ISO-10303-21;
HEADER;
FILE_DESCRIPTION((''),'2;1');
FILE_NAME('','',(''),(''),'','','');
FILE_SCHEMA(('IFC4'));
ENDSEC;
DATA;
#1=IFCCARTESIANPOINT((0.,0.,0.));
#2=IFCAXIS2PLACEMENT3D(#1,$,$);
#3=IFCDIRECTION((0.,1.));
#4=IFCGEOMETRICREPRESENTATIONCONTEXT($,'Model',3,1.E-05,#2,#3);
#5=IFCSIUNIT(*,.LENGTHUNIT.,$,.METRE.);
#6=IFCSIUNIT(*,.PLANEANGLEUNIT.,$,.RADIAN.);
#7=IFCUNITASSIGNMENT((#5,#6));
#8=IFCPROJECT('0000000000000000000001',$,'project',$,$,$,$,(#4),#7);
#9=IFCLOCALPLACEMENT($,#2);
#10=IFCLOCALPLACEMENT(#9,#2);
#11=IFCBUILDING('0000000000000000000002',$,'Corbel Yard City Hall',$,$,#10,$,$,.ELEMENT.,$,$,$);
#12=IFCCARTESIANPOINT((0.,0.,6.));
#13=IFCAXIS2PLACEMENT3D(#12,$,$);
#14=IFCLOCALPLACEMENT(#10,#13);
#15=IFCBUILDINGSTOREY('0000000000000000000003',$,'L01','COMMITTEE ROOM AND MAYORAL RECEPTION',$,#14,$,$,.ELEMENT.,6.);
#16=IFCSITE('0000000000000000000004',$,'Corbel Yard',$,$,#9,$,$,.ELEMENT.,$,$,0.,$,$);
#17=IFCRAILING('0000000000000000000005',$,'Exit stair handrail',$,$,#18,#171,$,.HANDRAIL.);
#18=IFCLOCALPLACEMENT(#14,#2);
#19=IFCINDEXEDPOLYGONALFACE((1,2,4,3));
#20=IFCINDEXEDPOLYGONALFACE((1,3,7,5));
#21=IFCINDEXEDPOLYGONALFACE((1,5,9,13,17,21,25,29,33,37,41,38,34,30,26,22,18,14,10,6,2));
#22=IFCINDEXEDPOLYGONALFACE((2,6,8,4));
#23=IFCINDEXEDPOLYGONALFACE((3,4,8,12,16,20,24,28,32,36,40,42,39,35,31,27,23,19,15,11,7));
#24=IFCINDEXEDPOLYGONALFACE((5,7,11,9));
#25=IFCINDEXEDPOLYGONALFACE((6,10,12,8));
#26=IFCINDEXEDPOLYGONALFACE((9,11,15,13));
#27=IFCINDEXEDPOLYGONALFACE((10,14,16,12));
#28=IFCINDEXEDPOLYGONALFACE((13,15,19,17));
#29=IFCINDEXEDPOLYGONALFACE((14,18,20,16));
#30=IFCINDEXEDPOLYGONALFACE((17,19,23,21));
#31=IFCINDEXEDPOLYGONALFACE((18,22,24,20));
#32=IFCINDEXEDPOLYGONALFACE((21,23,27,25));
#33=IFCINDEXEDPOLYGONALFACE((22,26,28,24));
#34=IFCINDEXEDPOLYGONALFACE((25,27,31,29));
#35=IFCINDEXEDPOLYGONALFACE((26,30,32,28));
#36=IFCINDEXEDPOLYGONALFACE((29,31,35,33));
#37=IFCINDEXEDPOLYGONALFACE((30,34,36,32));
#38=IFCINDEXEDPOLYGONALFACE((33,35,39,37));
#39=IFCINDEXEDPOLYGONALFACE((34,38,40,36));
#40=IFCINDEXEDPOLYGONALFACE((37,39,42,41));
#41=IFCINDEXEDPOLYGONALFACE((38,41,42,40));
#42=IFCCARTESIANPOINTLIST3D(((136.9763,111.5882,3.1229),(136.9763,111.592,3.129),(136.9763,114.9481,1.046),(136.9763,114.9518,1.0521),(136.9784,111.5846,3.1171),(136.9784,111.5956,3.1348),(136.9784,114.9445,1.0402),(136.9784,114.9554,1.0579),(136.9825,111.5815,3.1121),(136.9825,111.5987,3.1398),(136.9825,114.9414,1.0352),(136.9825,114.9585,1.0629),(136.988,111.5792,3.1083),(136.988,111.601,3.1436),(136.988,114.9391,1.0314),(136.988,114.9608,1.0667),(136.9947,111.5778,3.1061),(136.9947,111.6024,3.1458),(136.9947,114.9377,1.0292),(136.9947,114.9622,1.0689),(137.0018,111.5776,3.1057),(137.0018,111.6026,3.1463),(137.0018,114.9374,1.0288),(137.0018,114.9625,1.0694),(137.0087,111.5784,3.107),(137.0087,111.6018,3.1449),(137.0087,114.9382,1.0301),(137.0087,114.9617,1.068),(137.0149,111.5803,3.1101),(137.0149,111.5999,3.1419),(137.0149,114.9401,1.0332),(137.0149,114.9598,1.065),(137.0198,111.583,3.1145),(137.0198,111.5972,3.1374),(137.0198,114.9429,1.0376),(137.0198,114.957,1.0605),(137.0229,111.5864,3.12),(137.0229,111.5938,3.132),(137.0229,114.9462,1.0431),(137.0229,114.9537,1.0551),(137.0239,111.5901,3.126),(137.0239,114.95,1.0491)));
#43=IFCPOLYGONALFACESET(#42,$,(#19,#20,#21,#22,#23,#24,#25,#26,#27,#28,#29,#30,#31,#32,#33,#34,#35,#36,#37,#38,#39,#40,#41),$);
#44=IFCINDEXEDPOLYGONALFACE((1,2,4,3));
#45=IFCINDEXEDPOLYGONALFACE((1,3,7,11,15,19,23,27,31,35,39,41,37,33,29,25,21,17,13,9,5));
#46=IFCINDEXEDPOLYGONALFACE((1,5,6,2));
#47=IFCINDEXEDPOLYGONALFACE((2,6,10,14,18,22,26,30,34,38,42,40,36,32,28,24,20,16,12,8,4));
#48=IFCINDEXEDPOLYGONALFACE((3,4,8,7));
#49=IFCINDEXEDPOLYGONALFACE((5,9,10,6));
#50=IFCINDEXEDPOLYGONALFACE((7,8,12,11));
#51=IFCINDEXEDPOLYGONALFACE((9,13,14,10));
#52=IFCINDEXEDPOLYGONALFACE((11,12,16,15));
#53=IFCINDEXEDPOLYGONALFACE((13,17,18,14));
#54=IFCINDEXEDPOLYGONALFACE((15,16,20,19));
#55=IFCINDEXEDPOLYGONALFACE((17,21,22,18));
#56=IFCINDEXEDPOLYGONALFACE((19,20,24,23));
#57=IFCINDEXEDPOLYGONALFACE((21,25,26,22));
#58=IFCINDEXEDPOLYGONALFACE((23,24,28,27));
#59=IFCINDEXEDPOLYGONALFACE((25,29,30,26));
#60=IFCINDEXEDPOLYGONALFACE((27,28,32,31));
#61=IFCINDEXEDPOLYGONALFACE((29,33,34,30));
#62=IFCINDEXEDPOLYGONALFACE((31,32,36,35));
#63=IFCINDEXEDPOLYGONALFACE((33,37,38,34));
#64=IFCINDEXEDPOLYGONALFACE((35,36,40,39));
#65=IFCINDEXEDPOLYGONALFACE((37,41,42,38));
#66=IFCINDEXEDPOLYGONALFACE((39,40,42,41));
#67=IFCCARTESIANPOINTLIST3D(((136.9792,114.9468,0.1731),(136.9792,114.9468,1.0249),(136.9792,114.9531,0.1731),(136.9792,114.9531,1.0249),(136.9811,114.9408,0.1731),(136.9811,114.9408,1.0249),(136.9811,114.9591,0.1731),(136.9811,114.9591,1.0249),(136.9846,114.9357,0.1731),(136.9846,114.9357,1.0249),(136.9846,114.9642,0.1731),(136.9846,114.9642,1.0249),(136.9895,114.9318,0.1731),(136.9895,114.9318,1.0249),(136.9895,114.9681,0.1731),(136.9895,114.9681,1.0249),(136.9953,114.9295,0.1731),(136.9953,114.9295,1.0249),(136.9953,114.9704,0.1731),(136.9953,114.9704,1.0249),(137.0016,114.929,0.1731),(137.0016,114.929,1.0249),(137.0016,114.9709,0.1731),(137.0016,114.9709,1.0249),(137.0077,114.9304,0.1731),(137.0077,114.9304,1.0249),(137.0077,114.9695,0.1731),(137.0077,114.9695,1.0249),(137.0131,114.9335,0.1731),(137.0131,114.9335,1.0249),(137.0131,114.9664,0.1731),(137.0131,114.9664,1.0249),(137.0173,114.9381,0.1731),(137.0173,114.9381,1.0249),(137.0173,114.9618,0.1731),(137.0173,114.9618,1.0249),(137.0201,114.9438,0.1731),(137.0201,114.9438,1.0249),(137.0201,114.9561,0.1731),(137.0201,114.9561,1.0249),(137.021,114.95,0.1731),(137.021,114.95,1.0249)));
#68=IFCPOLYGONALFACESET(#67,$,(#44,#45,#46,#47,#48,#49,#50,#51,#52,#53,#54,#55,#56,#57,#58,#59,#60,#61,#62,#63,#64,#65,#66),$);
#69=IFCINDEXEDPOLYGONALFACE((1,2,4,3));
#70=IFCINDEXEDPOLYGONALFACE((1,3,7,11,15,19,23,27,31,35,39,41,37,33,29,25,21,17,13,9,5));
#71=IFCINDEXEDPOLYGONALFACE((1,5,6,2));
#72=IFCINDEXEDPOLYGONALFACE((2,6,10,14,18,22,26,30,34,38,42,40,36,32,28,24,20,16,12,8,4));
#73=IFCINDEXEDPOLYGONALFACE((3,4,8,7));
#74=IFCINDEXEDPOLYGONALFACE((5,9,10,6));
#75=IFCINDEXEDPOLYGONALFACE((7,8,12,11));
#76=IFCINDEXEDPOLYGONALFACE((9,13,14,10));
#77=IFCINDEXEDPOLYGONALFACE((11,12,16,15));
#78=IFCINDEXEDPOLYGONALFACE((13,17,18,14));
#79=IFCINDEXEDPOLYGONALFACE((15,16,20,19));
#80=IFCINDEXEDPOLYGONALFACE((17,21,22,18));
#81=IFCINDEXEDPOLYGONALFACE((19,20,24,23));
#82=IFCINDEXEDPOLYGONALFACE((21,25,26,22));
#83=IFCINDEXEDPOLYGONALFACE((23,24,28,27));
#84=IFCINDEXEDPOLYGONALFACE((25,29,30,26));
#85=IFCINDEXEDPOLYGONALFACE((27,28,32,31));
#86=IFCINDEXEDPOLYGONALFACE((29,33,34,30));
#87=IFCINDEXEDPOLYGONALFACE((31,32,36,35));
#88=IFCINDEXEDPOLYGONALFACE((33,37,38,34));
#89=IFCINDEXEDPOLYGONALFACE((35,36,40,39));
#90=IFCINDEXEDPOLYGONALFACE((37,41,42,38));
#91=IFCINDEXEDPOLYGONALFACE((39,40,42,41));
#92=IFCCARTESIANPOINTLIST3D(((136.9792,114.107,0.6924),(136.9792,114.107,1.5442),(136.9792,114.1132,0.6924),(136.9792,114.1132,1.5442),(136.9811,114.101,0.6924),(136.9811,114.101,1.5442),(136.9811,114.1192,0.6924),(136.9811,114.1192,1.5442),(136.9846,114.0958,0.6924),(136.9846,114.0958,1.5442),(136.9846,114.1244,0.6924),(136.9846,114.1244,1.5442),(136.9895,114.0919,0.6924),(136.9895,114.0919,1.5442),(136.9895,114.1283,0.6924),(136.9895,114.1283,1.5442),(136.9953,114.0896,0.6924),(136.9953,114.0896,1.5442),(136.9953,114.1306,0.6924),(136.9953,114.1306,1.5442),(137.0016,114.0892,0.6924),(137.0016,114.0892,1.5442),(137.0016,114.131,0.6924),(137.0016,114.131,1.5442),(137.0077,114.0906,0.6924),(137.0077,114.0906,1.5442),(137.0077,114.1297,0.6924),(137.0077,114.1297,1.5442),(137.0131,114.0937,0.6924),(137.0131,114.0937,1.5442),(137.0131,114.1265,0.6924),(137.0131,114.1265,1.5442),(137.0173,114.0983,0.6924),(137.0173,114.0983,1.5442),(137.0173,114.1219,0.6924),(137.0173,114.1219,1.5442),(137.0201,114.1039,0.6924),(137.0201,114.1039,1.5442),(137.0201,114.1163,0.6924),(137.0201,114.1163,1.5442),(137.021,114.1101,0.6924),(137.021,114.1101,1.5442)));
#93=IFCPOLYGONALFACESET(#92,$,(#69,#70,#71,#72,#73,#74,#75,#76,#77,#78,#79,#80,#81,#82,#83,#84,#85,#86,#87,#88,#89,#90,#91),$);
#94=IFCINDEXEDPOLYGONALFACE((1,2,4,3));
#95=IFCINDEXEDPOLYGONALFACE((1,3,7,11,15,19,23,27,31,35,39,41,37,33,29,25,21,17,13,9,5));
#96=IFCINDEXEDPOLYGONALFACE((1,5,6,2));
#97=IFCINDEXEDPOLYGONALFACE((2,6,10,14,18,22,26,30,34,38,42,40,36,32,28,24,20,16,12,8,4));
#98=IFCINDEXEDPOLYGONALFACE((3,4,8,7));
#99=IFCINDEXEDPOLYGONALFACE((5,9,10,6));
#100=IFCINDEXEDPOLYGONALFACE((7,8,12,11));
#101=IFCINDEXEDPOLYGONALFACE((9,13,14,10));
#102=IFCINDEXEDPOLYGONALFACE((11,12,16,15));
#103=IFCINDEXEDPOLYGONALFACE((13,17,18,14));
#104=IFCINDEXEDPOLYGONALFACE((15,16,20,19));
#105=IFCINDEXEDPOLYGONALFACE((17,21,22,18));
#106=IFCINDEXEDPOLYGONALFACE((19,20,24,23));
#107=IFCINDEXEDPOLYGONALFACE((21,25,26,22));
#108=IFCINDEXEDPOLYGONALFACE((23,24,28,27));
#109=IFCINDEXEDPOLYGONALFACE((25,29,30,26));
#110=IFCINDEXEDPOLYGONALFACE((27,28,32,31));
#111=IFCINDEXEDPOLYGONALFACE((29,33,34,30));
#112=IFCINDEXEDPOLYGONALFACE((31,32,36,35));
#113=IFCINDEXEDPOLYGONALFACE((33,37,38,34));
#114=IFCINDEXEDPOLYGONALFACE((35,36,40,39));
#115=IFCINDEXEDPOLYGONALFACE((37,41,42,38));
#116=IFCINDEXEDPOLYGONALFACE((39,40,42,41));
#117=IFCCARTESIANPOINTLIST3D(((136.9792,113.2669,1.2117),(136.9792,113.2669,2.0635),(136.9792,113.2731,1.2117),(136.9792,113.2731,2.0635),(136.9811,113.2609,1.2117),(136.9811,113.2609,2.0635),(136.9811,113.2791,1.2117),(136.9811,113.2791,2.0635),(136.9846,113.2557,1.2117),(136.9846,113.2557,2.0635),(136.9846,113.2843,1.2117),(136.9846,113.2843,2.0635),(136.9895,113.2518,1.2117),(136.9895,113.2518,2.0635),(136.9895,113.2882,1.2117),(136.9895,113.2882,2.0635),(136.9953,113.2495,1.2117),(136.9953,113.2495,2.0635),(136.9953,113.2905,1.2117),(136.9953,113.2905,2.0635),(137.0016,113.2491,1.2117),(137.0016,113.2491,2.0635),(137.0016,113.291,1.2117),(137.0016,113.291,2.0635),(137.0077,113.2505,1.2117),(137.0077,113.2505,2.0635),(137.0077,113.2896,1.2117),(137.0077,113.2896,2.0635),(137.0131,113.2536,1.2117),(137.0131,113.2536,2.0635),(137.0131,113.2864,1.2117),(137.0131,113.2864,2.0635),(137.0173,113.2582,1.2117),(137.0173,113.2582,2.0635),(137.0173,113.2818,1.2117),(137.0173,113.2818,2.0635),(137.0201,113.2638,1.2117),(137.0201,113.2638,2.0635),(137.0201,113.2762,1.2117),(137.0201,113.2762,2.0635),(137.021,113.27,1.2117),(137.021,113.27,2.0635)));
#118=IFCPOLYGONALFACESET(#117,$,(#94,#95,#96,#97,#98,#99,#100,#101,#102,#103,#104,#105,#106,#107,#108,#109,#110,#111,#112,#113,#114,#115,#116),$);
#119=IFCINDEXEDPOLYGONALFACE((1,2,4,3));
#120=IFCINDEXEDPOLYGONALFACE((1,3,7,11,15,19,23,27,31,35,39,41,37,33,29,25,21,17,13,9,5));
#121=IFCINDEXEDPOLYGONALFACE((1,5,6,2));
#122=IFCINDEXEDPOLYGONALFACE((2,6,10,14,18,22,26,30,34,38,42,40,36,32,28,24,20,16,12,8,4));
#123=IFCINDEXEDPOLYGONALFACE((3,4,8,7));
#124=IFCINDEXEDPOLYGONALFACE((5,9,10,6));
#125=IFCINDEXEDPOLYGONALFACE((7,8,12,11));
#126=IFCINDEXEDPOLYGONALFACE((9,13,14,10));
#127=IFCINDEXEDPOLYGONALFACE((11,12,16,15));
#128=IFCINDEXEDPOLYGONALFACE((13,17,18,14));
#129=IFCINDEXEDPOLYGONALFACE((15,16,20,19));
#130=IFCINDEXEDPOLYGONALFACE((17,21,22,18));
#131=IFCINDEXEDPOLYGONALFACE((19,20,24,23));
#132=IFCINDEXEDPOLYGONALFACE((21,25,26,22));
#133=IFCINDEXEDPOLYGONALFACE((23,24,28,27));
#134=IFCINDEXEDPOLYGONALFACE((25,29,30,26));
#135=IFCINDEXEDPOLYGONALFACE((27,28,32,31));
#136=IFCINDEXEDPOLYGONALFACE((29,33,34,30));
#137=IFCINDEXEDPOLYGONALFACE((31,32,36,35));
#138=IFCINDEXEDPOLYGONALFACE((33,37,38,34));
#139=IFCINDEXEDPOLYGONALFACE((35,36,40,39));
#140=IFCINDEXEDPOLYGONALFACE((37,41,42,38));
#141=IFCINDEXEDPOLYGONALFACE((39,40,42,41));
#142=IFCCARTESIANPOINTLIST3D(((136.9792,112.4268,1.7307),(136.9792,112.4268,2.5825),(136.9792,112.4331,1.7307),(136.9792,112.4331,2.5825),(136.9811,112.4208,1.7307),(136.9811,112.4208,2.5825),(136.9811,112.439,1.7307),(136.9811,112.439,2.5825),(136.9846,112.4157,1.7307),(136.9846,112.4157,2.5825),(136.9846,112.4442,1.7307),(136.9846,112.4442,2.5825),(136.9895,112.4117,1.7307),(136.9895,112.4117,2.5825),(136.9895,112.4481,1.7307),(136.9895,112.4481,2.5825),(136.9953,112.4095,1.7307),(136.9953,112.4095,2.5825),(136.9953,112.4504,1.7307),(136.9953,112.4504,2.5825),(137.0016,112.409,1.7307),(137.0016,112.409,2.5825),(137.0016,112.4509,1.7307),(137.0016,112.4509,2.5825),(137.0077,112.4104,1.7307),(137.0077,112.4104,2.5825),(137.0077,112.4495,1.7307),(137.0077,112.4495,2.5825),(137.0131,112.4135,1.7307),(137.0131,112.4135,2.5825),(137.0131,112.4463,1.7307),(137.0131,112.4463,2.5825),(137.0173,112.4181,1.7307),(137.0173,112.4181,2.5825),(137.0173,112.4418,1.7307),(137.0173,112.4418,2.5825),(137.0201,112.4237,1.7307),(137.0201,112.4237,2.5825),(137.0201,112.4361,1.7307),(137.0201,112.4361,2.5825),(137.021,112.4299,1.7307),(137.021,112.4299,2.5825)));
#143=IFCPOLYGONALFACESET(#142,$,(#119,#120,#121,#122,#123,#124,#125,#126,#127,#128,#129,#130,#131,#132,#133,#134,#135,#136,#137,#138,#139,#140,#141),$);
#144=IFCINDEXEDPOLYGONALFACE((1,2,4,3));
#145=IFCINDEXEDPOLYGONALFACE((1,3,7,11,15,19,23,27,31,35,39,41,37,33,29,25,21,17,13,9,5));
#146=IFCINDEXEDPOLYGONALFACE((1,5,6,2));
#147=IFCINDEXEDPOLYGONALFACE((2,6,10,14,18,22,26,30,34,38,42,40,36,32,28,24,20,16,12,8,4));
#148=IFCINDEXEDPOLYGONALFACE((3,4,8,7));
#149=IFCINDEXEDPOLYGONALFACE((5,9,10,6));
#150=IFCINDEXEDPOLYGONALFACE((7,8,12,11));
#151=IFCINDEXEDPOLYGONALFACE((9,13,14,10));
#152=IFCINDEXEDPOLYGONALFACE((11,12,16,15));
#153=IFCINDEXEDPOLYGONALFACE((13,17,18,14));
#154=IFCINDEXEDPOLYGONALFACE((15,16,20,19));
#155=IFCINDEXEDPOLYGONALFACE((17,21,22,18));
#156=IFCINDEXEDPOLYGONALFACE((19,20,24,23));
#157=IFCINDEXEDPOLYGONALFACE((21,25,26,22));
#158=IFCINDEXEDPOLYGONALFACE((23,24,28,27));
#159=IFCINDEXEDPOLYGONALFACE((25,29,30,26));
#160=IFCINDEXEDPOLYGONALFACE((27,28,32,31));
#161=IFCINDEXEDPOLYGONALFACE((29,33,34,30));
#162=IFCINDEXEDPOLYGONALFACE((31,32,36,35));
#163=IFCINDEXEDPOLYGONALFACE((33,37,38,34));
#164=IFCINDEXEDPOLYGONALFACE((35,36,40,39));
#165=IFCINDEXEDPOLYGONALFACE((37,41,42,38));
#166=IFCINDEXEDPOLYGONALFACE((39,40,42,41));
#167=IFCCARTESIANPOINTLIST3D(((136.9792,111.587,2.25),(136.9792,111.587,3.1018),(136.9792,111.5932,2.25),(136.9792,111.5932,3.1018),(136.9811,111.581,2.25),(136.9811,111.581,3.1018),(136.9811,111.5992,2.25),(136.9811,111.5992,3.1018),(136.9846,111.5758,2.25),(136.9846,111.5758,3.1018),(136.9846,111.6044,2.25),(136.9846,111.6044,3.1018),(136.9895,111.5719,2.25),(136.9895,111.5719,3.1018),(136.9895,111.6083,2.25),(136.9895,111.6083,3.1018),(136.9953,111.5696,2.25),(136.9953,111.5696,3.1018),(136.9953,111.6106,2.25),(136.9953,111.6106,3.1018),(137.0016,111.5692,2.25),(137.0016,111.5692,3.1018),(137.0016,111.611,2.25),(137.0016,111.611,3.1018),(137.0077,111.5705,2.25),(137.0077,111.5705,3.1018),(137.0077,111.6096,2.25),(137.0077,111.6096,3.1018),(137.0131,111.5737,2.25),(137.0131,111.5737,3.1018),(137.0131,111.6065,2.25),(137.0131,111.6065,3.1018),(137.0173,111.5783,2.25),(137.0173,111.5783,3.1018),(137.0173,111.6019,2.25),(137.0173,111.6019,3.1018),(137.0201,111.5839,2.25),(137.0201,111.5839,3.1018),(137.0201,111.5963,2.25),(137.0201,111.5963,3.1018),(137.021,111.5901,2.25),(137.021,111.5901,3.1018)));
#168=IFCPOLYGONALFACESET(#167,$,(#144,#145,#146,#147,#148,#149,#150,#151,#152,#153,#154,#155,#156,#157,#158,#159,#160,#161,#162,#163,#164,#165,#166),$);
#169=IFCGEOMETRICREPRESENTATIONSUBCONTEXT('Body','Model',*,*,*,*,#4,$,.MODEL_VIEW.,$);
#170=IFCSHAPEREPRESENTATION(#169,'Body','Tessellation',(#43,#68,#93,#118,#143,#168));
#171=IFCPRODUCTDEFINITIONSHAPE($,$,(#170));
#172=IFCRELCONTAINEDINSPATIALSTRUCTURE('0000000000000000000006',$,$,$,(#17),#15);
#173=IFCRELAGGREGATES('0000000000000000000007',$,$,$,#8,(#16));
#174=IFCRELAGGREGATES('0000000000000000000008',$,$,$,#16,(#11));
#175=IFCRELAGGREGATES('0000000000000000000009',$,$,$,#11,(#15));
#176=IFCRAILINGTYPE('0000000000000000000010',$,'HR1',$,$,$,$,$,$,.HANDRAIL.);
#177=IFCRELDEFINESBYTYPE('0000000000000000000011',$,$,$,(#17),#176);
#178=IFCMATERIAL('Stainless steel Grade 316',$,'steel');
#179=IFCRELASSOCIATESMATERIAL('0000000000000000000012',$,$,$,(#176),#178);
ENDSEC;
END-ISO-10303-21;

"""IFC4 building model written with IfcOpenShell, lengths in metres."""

from ifc_helpers import new_model, si_unit, direction, frame, origin, origin_2d, place, context, subcontext, project, spatial, circle, extrude, material, type_object, element, save


model = new_model("IFC4")

# Units and contexts
model_context = context("Model", 3, precision=1e-05, world=origin(), true_north=direction((0.0, 1.0)))
body_context = subcontext(model_context, "Body", "Model", "MODEL_VIEW")
ifc_project = project(units=[si_unit("LENGTHUNIT", "METRE"), si_unit("PLANEANGLEUNIT", "RADIAN")], contexts=[model_context])

# Site, building, storey
site_placement = place(None, origin())
site = spatial("IfcSite", under=ifc_project, at=site_placement, Name="Corbel Yard", CompositionType="ELEMENT", RefElevation=0.0)
building_placement = place(site_placement, origin())
building = spatial("IfcBuilding", under=site, at=building_placement, Name="Corbel Yard City Hall", CompositionType="ELEMENT")
storey_placement = place(building_placement, frame((0.0, 0.0, 6.0)))
storey = spatial("IfcBuildingStorey", under=building, at=storey_placement, Name="L01", Description="COMMITTEE ROOM AND MAYORAL RECEPTION", CompositionType="ELEMENT", Elevation=6.0)

# Railing
ifc_material_1 = material(Name="Stainless steel Grade 316", Category="steel")
railing_type_1 = type_object("IfcRailingType", Name="HR1", PredefinedType="HANDRAIL", material=ifc_material_1)
for number, where, name in (
    (1, (137.0, 114.95, 0.1731), "Exit stair handrail"),
):
    element("IfcRailing", number, at=place(storey_placement, frame(where)), inside=storey, type_object=railing_type_1, Name=name, PredefinedType="HANDRAIL", context=body_context, shape_type="SweptSolid", body=[
        extrude(circle(Radius=0.0239, at=origin_2d()), frame((0.0, 0.0, 0.876), z_axis=(0.0, -0.850606, 0.525803), x_axis=(1.0, 0.0, 0.0)), (0.0, 0.0, 1.0), 3.95),
        extrude(circle(Radius=0.021, at=origin_2d()), origin(), (0.0, 0.0, 1.0), 0.8518),
        extrude(circle(Radius=0.021, at=origin_2d()), frame((0.0, -0.8398, 0.5193)), (0.0, 0.0, 1.0), 0.8518),
        extrude(circle(Radius=0.021, at=origin_2d()), frame((0.0, -1.6799, 1.0386)), (0.0, 0.0, 1.0), 0.8518),
        extrude(circle(Radius=0.021, at=origin_2d()), frame((0.0, -2.52, 1.5576)), (0.0, 0.0, 1.0), 0.8518),
        extrude(circle(Radius=0.021, at=origin_2d()), frame((0.0, -3.3599, 2.0769)), (0.0, 0.0, 1.0), 0.8518),
    ])

save(model, "model.ifc")
